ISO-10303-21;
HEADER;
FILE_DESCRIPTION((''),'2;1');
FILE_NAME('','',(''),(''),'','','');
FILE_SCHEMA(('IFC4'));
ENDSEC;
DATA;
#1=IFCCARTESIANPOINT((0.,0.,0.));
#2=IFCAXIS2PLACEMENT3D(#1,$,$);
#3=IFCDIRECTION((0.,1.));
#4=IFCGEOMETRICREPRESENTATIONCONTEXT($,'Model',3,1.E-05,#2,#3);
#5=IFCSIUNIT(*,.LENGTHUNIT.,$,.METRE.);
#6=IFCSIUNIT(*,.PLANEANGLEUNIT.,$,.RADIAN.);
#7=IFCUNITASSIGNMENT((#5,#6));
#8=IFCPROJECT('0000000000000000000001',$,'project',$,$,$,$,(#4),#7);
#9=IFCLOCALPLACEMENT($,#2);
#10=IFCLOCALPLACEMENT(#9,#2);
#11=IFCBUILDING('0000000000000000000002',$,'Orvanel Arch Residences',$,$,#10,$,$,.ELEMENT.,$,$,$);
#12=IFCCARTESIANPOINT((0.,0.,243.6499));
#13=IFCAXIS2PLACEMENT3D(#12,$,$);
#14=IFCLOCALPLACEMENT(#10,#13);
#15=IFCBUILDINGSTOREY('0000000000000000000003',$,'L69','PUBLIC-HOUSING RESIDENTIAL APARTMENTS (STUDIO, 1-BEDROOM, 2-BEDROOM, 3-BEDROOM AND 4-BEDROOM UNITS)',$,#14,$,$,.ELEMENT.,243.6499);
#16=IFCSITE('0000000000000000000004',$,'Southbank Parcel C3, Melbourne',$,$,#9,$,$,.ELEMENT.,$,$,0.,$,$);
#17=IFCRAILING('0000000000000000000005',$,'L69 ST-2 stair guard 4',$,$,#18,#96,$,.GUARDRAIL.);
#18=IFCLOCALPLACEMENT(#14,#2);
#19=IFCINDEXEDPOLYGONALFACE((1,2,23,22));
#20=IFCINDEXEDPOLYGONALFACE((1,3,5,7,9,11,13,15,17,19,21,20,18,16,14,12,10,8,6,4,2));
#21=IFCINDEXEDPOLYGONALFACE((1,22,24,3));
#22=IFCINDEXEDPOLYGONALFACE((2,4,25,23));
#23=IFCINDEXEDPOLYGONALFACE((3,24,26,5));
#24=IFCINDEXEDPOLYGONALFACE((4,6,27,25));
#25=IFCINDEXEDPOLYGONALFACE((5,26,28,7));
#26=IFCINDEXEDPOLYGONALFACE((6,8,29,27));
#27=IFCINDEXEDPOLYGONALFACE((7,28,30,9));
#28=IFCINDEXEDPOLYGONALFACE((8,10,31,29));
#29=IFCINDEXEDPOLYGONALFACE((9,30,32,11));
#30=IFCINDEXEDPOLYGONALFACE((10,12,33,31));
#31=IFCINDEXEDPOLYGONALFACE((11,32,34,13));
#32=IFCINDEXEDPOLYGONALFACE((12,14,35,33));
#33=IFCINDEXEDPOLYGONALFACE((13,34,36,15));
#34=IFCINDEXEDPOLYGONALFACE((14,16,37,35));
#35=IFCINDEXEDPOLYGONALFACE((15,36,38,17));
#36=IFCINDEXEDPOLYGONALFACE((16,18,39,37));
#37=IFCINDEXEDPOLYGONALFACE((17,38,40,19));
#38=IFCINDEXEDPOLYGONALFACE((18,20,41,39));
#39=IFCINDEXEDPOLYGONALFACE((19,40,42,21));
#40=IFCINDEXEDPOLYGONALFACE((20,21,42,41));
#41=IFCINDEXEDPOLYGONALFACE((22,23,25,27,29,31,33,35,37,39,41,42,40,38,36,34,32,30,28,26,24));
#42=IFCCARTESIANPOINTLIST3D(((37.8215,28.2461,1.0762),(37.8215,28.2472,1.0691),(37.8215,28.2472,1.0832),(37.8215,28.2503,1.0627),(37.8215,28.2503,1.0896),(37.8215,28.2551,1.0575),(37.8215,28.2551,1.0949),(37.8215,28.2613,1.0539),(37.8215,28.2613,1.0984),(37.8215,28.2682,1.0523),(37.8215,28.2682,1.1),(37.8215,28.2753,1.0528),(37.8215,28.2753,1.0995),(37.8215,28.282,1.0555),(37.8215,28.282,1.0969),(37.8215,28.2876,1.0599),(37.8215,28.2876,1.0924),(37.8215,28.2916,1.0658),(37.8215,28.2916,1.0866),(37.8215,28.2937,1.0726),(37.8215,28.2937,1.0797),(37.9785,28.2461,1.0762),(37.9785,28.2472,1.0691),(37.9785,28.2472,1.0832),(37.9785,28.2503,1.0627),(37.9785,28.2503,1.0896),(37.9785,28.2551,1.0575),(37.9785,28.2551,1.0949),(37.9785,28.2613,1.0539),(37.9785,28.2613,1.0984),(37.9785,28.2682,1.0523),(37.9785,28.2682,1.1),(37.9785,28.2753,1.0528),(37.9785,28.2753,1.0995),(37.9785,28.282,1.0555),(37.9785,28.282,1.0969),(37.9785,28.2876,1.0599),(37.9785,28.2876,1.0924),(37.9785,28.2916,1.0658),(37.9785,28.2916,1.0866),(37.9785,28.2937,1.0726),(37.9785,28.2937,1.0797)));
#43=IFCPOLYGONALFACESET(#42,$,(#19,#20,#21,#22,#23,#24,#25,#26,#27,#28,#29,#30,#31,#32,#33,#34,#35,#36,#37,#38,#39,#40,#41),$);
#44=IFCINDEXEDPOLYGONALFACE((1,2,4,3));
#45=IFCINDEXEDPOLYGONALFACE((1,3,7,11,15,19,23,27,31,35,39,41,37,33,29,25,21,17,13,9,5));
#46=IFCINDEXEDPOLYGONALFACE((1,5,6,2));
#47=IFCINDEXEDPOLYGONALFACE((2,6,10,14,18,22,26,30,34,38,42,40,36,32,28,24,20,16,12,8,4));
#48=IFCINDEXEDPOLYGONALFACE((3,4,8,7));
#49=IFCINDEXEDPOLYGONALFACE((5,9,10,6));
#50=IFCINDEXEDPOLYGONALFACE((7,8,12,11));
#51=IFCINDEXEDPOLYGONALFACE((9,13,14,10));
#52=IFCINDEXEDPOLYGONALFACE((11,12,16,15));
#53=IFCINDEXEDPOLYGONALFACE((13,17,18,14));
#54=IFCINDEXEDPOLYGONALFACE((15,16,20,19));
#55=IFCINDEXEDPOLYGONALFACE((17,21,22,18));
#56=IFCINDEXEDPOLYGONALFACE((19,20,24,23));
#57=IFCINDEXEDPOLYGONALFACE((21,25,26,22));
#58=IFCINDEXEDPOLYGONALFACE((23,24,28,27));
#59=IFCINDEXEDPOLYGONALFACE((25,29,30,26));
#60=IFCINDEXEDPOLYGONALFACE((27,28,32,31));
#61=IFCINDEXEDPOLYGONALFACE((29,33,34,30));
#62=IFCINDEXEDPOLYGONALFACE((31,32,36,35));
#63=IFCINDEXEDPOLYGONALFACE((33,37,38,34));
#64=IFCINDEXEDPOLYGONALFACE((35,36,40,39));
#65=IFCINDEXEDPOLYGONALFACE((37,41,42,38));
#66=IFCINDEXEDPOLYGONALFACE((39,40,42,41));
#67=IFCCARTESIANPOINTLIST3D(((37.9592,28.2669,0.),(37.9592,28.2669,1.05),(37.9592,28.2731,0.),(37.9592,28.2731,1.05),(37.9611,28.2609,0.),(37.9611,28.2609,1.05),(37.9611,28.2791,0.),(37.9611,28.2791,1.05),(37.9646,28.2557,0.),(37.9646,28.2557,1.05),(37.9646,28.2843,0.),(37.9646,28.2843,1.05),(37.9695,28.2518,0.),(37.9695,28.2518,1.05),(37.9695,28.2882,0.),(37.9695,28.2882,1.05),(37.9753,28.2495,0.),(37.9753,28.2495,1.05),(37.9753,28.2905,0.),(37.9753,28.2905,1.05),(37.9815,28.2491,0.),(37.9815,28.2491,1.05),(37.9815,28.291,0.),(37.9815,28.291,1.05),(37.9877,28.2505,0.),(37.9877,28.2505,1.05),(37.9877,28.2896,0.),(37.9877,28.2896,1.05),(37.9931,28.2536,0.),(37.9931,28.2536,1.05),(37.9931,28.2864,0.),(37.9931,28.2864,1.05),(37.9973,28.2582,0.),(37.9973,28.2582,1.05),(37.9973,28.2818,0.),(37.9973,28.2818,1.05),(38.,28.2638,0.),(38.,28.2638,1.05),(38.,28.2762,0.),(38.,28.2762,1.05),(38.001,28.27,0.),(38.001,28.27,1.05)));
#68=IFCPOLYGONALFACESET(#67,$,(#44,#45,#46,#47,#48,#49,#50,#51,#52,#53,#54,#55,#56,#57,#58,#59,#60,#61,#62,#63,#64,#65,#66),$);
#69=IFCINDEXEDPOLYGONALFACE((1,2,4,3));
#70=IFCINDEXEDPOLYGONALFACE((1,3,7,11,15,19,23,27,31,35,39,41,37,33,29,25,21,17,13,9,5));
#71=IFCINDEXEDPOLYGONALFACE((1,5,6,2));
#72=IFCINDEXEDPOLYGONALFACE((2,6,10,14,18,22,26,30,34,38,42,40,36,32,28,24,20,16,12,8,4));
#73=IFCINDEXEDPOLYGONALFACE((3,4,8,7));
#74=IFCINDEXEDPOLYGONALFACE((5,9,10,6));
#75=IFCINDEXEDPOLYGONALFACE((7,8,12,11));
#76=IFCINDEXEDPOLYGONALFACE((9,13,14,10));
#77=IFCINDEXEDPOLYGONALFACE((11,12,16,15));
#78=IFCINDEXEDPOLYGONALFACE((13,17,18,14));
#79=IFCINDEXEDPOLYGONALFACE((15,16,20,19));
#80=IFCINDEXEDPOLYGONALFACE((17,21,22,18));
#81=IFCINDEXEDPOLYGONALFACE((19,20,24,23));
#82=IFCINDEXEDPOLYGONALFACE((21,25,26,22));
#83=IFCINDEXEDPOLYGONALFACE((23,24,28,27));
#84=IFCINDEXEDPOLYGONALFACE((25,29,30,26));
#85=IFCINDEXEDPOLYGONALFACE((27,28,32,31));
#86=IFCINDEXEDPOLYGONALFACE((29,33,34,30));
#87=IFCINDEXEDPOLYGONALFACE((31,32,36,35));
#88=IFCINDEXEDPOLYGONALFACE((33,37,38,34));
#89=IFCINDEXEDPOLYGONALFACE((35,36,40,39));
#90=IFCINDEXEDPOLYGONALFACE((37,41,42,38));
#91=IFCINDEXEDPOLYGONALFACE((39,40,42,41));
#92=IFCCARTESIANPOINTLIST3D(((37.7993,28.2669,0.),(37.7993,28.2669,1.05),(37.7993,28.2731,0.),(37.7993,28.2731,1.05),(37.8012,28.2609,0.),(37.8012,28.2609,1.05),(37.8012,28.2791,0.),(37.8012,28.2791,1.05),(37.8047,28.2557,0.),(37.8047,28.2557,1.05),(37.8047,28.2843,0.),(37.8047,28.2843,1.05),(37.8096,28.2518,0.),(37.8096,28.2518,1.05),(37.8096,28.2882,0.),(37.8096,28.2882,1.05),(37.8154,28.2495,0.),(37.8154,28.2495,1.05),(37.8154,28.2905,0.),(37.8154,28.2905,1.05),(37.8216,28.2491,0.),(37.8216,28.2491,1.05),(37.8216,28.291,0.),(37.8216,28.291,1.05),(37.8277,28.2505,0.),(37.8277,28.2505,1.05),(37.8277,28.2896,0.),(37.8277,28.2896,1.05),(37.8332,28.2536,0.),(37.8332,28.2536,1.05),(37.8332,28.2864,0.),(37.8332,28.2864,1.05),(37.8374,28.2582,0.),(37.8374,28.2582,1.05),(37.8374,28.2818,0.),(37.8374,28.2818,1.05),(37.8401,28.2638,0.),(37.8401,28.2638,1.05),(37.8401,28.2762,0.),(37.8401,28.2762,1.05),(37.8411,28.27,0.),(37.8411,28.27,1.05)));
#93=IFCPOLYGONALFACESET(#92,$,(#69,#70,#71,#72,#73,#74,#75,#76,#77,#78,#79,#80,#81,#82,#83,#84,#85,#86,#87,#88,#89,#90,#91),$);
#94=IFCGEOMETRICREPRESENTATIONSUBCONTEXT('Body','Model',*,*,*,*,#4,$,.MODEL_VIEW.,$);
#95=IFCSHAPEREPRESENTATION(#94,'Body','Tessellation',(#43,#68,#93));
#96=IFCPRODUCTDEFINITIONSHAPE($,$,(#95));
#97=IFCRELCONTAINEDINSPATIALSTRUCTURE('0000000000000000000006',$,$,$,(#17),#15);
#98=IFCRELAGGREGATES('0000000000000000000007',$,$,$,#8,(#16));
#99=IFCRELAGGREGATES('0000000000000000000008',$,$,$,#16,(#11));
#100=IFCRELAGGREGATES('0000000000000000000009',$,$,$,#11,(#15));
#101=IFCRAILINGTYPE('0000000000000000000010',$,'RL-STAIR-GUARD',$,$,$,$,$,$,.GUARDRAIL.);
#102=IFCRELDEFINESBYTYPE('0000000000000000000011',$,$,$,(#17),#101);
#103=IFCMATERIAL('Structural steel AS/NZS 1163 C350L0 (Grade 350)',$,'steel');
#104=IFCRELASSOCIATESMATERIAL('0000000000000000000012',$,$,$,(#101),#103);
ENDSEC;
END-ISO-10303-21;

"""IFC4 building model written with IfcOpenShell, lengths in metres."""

from ifc_helpers import new_model, si_unit, direction, frame, origin, origin_2d, place, context, subcontext, project, spatial, circle, extrude, material, type_object, element, save


model = new_model("IFC4")

# Units and contexts
model_context = context("Model", 3, precision=1e-05, world=origin(), true_north=direction((0.0, 1.0)))
body_context = subcontext(model_context, "Body", "Model", "MODEL_VIEW")
ifc_project = project(units=[si_unit("LENGTHUNIT", "METRE"), si_unit("PLANEANGLEUNIT", "RADIAN")], contexts=[model_context])

# Site, building, storey
site_placement = place(None, origin())
site = spatial("IfcSite", under=ifc_project, at=site_placement, Name="Southbank Parcel C3, Melbourne", CompositionType="ELEMENT", RefElevation=0.0)
building_placement = place(site_placement, origin())
building = spatial("IfcBuilding", under=site, at=building_placement, Name="Orvanel Arch Residences", CompositionType="ELEMENT")
storey_placement = place(building_placement, frame((0.0, 0.0, 243.6499)))
storey = spatial("IfcBuildingStorey", under=building, at=storey_placement, Name="L69", Description="PUBLIC-HOUSING RESIDENTIAL APARTMENTS (STUDIO, 1-BEDROOM, 2-BEDROOM, 3-BEDROOM AND 4-BEDROOM UNITS)", CompositionType="ELEMENT", Elevation=243.6499)

# Shared definitions
ifc_material_1 = material(Name="Structural steel AS/NZS 1163 C350L0 (Grade 350)", Category="steel")

# Railing
railing_type_1 = type_object("IfcRailingType", Name="RL-STAIR-GUARD", PredefinedType="GUARDRAIL", material=ifc_material_1)
railing_1_placement = place(storey_placement, frame((37.98, 28.27, 0.0)))
element("IfcRailing", 1, at=railing_1_placement, inside=storey, type_object=railing_type_1, Name="L69 ST-2 stair guard 4", PredefinedType="GUARDRAIL", context=body_context, shape_type="SweptSolid", body=[
    extrude(circle(Radius=0.0239, at=origin_2d()), frame((-0.0015, 0.0, 1.0762), z_axis=(-1.0, 0.0, 0.0), x_axis=(0.0, -1.0, 0.0)), (0.0, 0.0, 1.0), 0.157),
    extrude(circle(Radius=0.021, at=origin_2d()), origin(), (0.0, 0.0, 1.0), 1.05),
    extrude(circle(Radius=0.021, at=origin_2d()), frame((-0.1599, 0.0, 0.0)), (0.0, 0.0, 1.0), 1.05),
])

save(model, "model.ifc")
